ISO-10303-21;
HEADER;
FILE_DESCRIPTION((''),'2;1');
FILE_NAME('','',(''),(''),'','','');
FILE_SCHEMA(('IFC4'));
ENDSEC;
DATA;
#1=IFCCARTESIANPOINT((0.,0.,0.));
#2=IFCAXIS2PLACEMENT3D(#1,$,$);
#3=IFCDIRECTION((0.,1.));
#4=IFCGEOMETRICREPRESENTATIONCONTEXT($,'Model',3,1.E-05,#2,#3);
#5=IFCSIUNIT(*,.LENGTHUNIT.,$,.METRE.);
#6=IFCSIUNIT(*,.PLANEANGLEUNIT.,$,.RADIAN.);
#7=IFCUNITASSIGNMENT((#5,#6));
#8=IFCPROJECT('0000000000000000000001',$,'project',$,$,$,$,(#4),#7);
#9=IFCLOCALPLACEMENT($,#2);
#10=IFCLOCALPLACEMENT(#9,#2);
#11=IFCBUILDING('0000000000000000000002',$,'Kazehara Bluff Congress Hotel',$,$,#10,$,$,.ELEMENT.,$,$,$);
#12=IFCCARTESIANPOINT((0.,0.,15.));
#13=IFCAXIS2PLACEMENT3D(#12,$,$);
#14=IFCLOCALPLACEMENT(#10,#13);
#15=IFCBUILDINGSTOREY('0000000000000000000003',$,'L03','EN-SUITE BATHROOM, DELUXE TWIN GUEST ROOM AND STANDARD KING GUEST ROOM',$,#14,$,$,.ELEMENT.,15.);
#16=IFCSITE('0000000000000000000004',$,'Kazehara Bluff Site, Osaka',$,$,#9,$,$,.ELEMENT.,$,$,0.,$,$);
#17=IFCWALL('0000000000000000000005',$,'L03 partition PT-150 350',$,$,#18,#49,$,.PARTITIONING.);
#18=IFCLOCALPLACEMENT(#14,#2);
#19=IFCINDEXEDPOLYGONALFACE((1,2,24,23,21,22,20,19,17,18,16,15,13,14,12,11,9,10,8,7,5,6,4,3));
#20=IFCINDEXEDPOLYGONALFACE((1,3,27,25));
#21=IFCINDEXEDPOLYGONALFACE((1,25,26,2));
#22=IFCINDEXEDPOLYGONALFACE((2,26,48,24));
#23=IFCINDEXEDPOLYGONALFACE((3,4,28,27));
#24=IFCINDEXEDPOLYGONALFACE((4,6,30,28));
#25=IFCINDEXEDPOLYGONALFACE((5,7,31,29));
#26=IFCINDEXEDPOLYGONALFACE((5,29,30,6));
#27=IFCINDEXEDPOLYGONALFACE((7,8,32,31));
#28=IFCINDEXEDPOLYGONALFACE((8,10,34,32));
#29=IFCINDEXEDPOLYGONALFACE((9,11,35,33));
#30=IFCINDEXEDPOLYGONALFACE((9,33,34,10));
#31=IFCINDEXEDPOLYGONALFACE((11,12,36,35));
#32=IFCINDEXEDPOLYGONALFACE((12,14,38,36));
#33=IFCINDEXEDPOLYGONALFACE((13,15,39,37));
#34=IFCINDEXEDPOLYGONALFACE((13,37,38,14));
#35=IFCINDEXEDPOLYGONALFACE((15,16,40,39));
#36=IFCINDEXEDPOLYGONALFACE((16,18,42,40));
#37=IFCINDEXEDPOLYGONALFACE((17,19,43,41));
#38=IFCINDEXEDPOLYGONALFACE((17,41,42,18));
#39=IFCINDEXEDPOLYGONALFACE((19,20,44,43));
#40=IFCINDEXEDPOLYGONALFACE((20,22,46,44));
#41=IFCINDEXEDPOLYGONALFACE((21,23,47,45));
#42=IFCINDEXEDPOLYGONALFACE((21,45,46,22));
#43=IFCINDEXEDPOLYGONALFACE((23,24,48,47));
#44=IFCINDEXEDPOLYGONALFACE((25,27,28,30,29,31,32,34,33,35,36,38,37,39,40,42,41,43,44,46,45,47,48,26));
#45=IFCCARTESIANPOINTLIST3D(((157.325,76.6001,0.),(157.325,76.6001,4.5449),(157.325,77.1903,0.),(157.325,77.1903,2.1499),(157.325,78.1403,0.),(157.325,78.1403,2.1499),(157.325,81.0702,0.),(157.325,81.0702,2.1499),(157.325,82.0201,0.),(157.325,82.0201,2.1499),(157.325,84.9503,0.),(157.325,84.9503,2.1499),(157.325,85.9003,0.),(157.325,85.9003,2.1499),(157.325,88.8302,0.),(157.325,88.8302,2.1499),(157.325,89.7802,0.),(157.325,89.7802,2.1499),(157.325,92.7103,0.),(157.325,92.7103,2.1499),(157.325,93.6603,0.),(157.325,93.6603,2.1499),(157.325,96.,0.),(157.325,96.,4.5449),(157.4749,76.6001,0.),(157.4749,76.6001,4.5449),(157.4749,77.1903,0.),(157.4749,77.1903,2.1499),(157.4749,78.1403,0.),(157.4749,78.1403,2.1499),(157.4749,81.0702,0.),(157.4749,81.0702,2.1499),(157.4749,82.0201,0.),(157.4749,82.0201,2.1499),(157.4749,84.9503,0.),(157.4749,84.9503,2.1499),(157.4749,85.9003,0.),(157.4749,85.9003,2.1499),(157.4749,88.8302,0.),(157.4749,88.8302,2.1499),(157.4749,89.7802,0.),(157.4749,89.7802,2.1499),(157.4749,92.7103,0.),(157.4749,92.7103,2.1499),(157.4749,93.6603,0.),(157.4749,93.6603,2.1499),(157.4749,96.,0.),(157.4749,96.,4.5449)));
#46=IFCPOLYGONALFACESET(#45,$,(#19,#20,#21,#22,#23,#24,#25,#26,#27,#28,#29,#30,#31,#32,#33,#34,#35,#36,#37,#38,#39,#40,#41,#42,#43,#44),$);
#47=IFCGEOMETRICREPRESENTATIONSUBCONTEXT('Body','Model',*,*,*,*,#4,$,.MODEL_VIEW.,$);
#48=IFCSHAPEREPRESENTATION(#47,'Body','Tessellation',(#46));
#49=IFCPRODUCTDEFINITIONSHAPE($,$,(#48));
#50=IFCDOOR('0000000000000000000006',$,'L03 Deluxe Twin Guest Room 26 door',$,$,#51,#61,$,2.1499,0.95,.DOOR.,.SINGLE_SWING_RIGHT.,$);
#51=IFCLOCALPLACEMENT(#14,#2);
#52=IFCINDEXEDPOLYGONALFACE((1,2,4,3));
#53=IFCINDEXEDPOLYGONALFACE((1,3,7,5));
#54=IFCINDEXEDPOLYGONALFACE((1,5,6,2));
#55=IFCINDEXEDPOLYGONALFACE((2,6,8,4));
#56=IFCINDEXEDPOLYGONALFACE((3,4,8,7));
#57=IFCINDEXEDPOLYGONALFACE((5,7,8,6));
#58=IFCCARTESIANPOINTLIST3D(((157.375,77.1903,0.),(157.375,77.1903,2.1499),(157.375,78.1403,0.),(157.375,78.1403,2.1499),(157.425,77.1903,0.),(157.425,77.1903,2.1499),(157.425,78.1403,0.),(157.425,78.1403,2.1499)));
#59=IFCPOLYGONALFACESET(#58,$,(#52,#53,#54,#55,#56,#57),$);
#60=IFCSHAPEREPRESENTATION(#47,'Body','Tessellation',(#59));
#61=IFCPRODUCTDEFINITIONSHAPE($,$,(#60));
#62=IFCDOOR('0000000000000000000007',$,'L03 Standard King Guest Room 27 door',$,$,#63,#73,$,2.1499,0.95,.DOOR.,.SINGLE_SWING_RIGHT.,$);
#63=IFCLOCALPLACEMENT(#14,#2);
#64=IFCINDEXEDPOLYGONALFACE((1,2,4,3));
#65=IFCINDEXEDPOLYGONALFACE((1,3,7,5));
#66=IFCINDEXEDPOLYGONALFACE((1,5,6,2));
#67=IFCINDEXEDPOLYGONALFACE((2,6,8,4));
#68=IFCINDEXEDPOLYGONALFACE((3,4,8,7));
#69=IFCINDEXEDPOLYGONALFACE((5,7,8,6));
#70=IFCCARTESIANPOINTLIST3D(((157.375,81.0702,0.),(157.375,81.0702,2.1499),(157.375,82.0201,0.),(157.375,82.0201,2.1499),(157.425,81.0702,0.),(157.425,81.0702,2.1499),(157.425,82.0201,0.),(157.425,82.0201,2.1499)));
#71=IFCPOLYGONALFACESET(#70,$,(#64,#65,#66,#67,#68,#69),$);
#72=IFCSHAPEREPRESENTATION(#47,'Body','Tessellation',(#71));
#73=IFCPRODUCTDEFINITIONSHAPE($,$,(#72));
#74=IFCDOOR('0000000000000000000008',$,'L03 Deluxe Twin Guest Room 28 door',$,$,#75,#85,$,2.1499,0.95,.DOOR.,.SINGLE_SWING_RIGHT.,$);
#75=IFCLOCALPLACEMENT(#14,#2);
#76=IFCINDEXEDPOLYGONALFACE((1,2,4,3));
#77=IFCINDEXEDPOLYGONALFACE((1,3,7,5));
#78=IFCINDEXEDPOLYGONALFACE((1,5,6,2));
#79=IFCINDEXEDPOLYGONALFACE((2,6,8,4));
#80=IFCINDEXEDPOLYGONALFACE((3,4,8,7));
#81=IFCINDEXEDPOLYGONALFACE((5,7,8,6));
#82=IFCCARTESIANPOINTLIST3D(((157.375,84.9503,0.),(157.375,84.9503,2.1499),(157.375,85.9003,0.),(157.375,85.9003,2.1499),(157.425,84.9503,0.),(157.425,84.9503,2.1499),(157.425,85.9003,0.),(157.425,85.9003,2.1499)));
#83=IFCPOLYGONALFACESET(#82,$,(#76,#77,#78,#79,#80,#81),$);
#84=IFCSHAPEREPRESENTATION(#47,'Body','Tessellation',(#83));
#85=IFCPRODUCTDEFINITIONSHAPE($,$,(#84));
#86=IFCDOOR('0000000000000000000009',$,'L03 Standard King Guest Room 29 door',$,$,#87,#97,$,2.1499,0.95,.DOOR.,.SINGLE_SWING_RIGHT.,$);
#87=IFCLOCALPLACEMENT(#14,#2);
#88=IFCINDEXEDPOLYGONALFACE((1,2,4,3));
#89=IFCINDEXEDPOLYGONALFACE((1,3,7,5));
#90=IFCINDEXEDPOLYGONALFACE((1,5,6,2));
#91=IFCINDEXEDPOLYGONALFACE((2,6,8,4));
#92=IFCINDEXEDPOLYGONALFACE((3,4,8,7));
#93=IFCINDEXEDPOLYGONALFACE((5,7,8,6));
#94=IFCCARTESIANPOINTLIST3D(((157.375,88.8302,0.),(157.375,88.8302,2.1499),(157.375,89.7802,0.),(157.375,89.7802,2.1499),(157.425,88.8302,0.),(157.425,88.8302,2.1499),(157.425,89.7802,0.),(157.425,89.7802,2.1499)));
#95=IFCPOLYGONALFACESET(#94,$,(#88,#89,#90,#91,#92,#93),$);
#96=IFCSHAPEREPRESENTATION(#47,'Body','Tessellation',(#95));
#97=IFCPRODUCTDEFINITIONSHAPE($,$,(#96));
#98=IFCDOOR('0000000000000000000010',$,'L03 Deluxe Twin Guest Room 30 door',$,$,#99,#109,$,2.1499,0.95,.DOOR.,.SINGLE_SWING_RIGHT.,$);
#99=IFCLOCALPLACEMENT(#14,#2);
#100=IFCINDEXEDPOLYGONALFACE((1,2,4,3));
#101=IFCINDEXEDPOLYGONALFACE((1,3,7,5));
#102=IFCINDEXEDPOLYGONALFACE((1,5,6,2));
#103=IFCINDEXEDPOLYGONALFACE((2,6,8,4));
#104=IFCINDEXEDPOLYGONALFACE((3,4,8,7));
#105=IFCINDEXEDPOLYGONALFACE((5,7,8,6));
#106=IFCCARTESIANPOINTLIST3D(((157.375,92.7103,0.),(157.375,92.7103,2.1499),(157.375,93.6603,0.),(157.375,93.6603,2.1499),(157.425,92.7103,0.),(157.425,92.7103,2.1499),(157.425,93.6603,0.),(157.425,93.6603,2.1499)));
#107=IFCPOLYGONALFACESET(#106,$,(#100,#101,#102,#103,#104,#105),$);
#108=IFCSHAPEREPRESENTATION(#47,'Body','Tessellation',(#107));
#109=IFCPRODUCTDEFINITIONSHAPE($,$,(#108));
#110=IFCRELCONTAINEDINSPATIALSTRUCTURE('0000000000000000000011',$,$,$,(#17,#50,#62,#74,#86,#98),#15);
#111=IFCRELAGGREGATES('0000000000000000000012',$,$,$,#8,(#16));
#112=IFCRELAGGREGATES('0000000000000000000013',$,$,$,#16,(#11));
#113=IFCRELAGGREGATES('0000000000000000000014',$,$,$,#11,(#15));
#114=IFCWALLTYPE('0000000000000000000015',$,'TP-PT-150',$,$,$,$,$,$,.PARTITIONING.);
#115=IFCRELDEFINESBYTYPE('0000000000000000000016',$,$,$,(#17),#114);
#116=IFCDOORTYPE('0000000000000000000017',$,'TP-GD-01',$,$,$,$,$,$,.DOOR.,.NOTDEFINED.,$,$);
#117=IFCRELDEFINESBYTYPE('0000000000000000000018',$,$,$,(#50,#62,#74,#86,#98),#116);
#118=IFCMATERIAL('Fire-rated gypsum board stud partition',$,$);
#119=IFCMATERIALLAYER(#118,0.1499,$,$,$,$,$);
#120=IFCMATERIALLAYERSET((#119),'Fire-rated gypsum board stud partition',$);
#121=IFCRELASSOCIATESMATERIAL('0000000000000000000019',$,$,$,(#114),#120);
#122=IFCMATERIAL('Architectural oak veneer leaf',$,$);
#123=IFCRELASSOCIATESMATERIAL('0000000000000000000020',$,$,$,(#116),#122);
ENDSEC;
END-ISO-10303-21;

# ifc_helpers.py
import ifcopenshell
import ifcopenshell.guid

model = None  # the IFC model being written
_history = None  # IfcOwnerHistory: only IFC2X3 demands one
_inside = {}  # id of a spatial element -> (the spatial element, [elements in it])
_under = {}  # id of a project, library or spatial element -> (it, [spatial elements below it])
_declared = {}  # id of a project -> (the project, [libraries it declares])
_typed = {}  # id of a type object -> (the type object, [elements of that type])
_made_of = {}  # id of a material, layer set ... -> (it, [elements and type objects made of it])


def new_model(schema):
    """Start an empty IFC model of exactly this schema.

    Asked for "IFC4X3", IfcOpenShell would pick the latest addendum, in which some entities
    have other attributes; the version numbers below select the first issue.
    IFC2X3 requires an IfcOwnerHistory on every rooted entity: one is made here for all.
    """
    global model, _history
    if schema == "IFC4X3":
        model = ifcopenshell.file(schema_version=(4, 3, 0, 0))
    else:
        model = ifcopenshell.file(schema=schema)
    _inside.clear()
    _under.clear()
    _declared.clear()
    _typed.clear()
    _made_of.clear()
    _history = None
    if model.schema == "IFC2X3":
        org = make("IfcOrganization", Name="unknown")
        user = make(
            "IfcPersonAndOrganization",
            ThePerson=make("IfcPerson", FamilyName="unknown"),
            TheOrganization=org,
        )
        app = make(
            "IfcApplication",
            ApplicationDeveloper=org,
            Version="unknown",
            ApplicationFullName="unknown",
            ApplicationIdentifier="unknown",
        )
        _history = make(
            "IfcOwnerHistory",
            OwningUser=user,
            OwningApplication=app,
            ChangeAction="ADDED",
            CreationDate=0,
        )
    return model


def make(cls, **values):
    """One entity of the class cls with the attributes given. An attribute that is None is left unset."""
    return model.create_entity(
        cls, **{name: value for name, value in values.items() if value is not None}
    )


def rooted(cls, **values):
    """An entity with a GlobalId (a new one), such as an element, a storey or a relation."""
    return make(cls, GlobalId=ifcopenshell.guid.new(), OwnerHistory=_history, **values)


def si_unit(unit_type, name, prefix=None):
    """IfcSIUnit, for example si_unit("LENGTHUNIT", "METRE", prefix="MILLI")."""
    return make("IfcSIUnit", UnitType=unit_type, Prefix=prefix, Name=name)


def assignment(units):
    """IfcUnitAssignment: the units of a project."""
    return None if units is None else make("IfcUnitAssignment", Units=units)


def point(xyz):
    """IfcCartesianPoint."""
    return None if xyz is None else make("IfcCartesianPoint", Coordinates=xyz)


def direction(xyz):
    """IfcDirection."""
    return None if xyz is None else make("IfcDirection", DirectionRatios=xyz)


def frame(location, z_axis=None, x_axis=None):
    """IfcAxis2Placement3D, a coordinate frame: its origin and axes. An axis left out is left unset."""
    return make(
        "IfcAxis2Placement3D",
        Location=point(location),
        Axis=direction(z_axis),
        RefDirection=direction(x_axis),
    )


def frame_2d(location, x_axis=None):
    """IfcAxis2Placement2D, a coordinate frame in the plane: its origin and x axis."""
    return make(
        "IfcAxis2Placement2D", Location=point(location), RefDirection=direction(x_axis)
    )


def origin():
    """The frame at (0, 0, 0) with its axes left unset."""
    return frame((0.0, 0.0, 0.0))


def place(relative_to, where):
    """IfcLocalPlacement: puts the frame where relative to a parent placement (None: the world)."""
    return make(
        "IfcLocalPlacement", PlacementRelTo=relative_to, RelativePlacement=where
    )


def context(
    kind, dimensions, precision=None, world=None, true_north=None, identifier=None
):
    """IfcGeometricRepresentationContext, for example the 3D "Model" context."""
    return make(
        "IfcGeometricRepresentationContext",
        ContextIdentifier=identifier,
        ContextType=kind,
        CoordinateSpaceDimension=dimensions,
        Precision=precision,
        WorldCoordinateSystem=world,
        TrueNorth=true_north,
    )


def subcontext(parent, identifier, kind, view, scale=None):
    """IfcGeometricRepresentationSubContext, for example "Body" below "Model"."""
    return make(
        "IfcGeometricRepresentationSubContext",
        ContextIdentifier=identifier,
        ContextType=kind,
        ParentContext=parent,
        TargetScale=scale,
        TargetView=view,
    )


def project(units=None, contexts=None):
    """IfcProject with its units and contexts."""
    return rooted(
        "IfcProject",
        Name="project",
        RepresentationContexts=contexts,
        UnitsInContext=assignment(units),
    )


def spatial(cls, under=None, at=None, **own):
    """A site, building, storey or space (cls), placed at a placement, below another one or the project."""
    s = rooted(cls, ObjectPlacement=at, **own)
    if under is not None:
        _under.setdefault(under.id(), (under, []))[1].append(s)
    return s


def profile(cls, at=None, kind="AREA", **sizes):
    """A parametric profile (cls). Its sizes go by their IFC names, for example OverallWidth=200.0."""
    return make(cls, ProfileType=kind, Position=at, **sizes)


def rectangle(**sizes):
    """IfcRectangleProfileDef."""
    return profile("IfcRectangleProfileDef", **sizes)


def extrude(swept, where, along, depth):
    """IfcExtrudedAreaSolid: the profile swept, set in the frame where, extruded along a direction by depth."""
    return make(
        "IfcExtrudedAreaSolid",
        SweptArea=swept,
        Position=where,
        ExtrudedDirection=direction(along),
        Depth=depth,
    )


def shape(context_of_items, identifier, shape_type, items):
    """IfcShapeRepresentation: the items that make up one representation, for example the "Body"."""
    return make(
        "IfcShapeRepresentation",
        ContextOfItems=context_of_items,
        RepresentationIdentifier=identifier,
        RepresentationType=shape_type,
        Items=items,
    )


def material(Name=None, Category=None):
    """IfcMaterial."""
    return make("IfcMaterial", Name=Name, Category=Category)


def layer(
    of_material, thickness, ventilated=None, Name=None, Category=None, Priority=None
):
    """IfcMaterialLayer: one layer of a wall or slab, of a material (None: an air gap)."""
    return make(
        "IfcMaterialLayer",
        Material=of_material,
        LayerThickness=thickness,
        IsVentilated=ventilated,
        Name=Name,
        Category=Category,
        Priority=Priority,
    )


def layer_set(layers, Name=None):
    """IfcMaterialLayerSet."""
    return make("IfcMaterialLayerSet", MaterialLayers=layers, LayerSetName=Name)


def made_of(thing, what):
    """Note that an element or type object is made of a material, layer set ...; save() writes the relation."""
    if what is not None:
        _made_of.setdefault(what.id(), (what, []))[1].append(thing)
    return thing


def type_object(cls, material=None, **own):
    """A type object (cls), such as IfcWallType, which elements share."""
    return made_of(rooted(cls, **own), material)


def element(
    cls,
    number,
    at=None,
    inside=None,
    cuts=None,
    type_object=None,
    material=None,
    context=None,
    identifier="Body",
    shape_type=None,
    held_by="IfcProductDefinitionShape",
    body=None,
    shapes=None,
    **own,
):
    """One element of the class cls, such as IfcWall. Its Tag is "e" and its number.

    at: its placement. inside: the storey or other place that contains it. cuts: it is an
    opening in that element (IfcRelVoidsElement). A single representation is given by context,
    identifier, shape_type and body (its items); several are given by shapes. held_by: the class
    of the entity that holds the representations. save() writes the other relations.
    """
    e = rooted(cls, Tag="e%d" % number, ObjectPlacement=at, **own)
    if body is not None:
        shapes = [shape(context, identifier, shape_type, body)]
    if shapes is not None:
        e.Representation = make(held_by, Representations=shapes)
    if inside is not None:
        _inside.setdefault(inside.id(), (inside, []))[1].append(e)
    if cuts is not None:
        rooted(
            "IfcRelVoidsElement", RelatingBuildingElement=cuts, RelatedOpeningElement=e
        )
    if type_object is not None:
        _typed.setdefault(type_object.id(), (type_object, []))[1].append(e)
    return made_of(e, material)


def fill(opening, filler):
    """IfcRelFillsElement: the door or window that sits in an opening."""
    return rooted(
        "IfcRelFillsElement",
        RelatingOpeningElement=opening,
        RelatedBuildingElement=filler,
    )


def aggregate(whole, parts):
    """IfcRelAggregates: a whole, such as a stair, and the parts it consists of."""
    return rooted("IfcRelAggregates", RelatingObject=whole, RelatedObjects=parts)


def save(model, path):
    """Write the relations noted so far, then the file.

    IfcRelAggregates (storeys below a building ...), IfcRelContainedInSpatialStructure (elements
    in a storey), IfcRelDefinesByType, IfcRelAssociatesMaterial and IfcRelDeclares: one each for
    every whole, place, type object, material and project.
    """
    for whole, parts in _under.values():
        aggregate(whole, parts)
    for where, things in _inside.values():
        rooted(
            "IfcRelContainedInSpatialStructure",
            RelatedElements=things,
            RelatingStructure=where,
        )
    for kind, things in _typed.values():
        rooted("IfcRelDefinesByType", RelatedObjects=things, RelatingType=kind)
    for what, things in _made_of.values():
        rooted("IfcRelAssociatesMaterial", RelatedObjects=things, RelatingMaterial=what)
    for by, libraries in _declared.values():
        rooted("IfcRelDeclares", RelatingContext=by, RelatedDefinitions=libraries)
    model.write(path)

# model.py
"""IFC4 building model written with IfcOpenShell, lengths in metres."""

from ifc_helpers import new_model, si_unit, direction, frame, frame_2d, origin, place, context, subcontext, project, spatial, rectangle, extrude, material, layer, layer_set, type_object, element, fill, save


model = new_model("IFC4")

# Units and contexts
model_context = context("Model", 3, precision=1e-05, world=origin(), true_north=direction((0.0, 1.0)))
body_context = subcontext(model_context, "Body", "Model", "MODEL_VIEW")
ifc_project = project(units=[si_unit("LENGTHUNIT", "METRE"), si_unit("PLANEANGLEUNIT", "RADIAN")], contexts=[model_context])

# Site, building, storey
site_placement = place(None, origin())
site = spatial("IfcSite", under=ifc_project, at=site_placement, Name="Kazehara Bluff Site, Osaka", CompositionType="ELEMENT", RefElevation=0.0)
building_placement = place(site_placement, origin())
building = spatial("IfcBuilding", under=site, at=building_placement, Name="Kazehara Bluff Congress Hotel", CompositionType="ELEMENT")
storey_placement = place(building_placement, frame((0.0, 0.0, 15.0)))
storey = spatial("IfcBuildingStorey", under=building, at=storey_placement, Name="L03", Description="EN-SUITE BATHROOM, DELUXE TWIN GUEST ROOM AND STANDARD KING GUEST ROOM", CompositionType="ELEMENT", Elevation=15.0)

# Shared definitions
ifc_material_1 = material(Name="Fire-rated gypsum board stud partition")
ifc_layer_1 = layer(ifc_material_1, 0.1499)
ifc_layer_set_1 = layer_set([ifc_layer_1], Name="Fire-rated gypsum board stud partition")
wall_type_1 = type_object("IfcWallType", Name="TP-PT-150", PredefinedType="PARTITIONING", material=ifc_layer_set_1)

# Wall, openings, doors
wall_1_placement = place(storey_placement, frame((157.3999, 76.6001, 0.0), z_axis=(0.0, 0.0, 1.0), x_axis=(0.0, 1.0, 0.0)))
wall_1 = element("IfcWall", 1, at=wall_1_placement, inside=storey, type_object=wall_type_1, Name="L03 partition PT-150 350", PredefinedType="PARTITIONING", context=body_context, shape_type="SweptSolid", body=[
    extrude(rectangle(XDim=19.3999, YDim=0.1499, at=frame_2d((9.7, 0.0))), origin(), (0.0, 0.0, 1.0), 4.5449),
])
opening_1_placement = place(wall_1_placement, frame((0.5901, 0.0, 0.0)))
opening_1 = element("IfcOpeningElement", 2, at=opening_1_placement, cuts=wall_1, PredefinedType="OPENING", context=body_context, shape_type="SweptSolid", body=[
    extrude(rectangle(XDim=0.95, YDim=2.1499, at=frame_2d((0.4751, 1.075))), frame((0.0, 0.085, 0.0), z_axis=(0.0, -1.0, 0.0), x_axis=(1.0, 0.0, 0.0)), (0.0, 0.0, 1.0), 0.1699),
])
opening_2_placement = place(wall_1_placement, frame((4.47, 0.0, 0.0)))
opening_2 = element("IfcOpeningElement", 3, at=opening_2_placement, cuts=wall_1, PredefinedType="OPENING", context=body_context, shape_type="SweptSolid", body=[
    extrude(rectangle(XDim=0.95, YDim=2.1499, at=frame_2d((0.4751, 1.075))), frame((0.0, 0.085, 0.0), z_axis=(0.0, -1.0, 0.0), x_axis=(1.0, 0.0, 0.0)), (0.0, 0.0, 1.0), 0.1699),
])
opening_3_placement = place(wall_1_placement, frame((8.3501, 0.0, 0.0)))
opening_3 = element("IfcOpeningElement", 4, at=opening_3_placement, cuts=wall_1, PredefinedType="OPENING", context=body_context, shape_type="SweptSolid", body=[
    extrude(rectangle(XDim=0.95, YDim=2.1499, at=frame_2d((0.4751, 1.075))), frame((0.0, 0.085, 0.0), z_axis=(0.0, -1.0, 0.0), x_axis=(1.0, 0.0, 0.0)), (0.0, 0.0, 1.0), 0.1699),
])
opening_4_placement = place(wall_1_placement, frame((12.23, 0.0, 0.0)))
opening_4 = element("IfcOpeningElement", 5, at=opening_4_placement, cuts=wall_1, PredefinedType="OPENING", context=body_context, shape_type="SweptSolid", body=[
    extrude(rectangle(XDim=0.95, YDim=2.1499, at=frame_2d((0.4751, 1.075))), frame((0.0, 0.085, 0.0), z_axis=(0.0, -1.0, 0.0), x_axis=(1.0, 0.0, 0.0)), (0.0, 0.0, 1.0), 0.1699),
])
opening_5_placement = place(wall_1_placement, frame((16.1101, 0.0, 0.0)))
opening_5 = element("IfcOpeningElement", 6, at=opening_5_placement, cuts=wall_1, PredefinedType="OPENING", context=body_context, shape_type="SweptSolid", body=[
    extrude(rectangle(XDim=0.95, YDim=2.1499, at=frame_2d((0.4751, 1.075))), frame((0.0, 0.085, 0.0), z_axis=(0.0, -1.0, 0.0), x_axis=(1.0, 0.0, 0.0)), (0.0, 0.0, 1.0), 0.1699),
])
ifc_material_2 = material(Name="Architectural oak veneer leaf")
door_type_1 = type_object("IfcDoorType", Name="TP-GD-01", OperationType="NOTDEFINED", PredefinedType="DOOR", material=ifc_material_2)
door_1_placement = place(opening_1_placement, origin())
door_1 = element("IfcDoor", 7, at=door_1_placement, inside=storey, type_object=door_type_1, Name="L03 Deluxe Twin Guest Room 26 door", OperationType="SINGLE_SWING_RIGHT", OverallHeight=2.1499, OverallWidth=0.95, PredefinedType="DOOR", context=body_context, shape_type="SweptSolid", body=[
    extrude(rectangle(XDim=0.95, YDim=2.1499, at=frame_2d((0.4751, 1.075))), frame((0.0, 0.0249, 0.0), z_axis=(0.0, -1.0, 0.0), x_axis=(1.0, 0.0, 0.0)), (0.0, 0.0, 1.0), 0.05),
])
fill(opening_1, door_1)
door_2_placement = place(opening_2_placement, origin())
door_2 = element("IfcDoor", 8, at=door_2_placement, inside=storey, type_object=door_type_1, Name="L03 Standard King Guest Room 27 door", OperationType="SINGLE_SWING_RIGHT", OverallHeight=2.1499, OverallWidth=0.95, PredefinedType="DOOR", context=body_context, shape_type="SweptSolid", body=[
    extrude(rectangle(XDim=0.95, YDim=2.1499, at=frame_2d((0.4751, 1.075))), frame((0.0, 0.0249, 0.0), z_axis=(0.0, -1.0, 0.0), x_axis=(1.0, 0.0, 0.0)), (0.0, 0.0, 1.0), 0.05),
])
fill(opening_2, door_2)
door_3_placement = place(opening_3_placement, origin())
door_3 = element("IfcDoor", 9, at=door_3_placement, inside=storey, type_object=door_type_1, Name="L03 Deluxe Twin Guest Room 28 door", OperationType="SINGLE_SWING_RIGHT", OverallHeight=2.1499, OverallWidth=0.95, PredefinedType="DOOR", context=body_context, shape_type="SweptSolid", body=[
    extrude(rectangle(XDim=0.95, YDim=2.1499, at=frame_2d((0.4751, 1.075))), frame((0.0, 0.0249, 0.0), z_axis=(0.0, -1.0, 0.0), x_axis=(1.0, 0.0, 0.0)), (0.0, 0.0, 1.0), 0.05),
])
fill(opening_3, door_3)
door_4_placement = place(opening_4_placement, origin())
door_4 = element("IfcDoor", 10, at=door_4_placement, inside=storey, type_object=door_type_1, Name="L03 Standard King Guest Room 29 door", OperationType="SINGLE_SWING_RIGHT", OverallHeight=2.1499, OverallWidth=0.95, PredefinedType="DOOR", context=body_context, shape_type="SweptSolid", body=[
    extrude(rectangle(XDim=0.95, YDim=2.1499, at=frame_2d((0.4751, 1.075))), frame((0.0, 0.0249, 0.0), z_axis=(0.0, -1.0, 0.0), x_axis=(1.0, 0.0, 0.0)), (0.0, 0.0, 1.0), 0.05),
])
fill(opening_4, door_4)
door_5_placement = place(opening_5_placement, origin())
door_5 = element("IfcDoor", 11, at=door_5_placement, inside=storey, type_object=door_type_1, Name="L03 Deluxe Twin Guest Room 30 door", OperationType="SINGLE_SWING_RIGHT", OverallHeight=2.1499, OverallWidth=0.95, PredefinedType="DOOR", context=body_context, shape_type="SweptSolid", body=[
    extrude(rectangle(XDim=0.95, YDim=2.1499, at=frame_2d((0.4751, 1.075))), frame((0.0, 0.0249, 0.0), z_axis=(0.0, -1.0, 0.0), x_axis=(1.0, 0.0, 0.0)), (0.0, 0.0, 1.0), 0.05),
])
fill(opening_5, door_5)

save(model, "model.ifc")
